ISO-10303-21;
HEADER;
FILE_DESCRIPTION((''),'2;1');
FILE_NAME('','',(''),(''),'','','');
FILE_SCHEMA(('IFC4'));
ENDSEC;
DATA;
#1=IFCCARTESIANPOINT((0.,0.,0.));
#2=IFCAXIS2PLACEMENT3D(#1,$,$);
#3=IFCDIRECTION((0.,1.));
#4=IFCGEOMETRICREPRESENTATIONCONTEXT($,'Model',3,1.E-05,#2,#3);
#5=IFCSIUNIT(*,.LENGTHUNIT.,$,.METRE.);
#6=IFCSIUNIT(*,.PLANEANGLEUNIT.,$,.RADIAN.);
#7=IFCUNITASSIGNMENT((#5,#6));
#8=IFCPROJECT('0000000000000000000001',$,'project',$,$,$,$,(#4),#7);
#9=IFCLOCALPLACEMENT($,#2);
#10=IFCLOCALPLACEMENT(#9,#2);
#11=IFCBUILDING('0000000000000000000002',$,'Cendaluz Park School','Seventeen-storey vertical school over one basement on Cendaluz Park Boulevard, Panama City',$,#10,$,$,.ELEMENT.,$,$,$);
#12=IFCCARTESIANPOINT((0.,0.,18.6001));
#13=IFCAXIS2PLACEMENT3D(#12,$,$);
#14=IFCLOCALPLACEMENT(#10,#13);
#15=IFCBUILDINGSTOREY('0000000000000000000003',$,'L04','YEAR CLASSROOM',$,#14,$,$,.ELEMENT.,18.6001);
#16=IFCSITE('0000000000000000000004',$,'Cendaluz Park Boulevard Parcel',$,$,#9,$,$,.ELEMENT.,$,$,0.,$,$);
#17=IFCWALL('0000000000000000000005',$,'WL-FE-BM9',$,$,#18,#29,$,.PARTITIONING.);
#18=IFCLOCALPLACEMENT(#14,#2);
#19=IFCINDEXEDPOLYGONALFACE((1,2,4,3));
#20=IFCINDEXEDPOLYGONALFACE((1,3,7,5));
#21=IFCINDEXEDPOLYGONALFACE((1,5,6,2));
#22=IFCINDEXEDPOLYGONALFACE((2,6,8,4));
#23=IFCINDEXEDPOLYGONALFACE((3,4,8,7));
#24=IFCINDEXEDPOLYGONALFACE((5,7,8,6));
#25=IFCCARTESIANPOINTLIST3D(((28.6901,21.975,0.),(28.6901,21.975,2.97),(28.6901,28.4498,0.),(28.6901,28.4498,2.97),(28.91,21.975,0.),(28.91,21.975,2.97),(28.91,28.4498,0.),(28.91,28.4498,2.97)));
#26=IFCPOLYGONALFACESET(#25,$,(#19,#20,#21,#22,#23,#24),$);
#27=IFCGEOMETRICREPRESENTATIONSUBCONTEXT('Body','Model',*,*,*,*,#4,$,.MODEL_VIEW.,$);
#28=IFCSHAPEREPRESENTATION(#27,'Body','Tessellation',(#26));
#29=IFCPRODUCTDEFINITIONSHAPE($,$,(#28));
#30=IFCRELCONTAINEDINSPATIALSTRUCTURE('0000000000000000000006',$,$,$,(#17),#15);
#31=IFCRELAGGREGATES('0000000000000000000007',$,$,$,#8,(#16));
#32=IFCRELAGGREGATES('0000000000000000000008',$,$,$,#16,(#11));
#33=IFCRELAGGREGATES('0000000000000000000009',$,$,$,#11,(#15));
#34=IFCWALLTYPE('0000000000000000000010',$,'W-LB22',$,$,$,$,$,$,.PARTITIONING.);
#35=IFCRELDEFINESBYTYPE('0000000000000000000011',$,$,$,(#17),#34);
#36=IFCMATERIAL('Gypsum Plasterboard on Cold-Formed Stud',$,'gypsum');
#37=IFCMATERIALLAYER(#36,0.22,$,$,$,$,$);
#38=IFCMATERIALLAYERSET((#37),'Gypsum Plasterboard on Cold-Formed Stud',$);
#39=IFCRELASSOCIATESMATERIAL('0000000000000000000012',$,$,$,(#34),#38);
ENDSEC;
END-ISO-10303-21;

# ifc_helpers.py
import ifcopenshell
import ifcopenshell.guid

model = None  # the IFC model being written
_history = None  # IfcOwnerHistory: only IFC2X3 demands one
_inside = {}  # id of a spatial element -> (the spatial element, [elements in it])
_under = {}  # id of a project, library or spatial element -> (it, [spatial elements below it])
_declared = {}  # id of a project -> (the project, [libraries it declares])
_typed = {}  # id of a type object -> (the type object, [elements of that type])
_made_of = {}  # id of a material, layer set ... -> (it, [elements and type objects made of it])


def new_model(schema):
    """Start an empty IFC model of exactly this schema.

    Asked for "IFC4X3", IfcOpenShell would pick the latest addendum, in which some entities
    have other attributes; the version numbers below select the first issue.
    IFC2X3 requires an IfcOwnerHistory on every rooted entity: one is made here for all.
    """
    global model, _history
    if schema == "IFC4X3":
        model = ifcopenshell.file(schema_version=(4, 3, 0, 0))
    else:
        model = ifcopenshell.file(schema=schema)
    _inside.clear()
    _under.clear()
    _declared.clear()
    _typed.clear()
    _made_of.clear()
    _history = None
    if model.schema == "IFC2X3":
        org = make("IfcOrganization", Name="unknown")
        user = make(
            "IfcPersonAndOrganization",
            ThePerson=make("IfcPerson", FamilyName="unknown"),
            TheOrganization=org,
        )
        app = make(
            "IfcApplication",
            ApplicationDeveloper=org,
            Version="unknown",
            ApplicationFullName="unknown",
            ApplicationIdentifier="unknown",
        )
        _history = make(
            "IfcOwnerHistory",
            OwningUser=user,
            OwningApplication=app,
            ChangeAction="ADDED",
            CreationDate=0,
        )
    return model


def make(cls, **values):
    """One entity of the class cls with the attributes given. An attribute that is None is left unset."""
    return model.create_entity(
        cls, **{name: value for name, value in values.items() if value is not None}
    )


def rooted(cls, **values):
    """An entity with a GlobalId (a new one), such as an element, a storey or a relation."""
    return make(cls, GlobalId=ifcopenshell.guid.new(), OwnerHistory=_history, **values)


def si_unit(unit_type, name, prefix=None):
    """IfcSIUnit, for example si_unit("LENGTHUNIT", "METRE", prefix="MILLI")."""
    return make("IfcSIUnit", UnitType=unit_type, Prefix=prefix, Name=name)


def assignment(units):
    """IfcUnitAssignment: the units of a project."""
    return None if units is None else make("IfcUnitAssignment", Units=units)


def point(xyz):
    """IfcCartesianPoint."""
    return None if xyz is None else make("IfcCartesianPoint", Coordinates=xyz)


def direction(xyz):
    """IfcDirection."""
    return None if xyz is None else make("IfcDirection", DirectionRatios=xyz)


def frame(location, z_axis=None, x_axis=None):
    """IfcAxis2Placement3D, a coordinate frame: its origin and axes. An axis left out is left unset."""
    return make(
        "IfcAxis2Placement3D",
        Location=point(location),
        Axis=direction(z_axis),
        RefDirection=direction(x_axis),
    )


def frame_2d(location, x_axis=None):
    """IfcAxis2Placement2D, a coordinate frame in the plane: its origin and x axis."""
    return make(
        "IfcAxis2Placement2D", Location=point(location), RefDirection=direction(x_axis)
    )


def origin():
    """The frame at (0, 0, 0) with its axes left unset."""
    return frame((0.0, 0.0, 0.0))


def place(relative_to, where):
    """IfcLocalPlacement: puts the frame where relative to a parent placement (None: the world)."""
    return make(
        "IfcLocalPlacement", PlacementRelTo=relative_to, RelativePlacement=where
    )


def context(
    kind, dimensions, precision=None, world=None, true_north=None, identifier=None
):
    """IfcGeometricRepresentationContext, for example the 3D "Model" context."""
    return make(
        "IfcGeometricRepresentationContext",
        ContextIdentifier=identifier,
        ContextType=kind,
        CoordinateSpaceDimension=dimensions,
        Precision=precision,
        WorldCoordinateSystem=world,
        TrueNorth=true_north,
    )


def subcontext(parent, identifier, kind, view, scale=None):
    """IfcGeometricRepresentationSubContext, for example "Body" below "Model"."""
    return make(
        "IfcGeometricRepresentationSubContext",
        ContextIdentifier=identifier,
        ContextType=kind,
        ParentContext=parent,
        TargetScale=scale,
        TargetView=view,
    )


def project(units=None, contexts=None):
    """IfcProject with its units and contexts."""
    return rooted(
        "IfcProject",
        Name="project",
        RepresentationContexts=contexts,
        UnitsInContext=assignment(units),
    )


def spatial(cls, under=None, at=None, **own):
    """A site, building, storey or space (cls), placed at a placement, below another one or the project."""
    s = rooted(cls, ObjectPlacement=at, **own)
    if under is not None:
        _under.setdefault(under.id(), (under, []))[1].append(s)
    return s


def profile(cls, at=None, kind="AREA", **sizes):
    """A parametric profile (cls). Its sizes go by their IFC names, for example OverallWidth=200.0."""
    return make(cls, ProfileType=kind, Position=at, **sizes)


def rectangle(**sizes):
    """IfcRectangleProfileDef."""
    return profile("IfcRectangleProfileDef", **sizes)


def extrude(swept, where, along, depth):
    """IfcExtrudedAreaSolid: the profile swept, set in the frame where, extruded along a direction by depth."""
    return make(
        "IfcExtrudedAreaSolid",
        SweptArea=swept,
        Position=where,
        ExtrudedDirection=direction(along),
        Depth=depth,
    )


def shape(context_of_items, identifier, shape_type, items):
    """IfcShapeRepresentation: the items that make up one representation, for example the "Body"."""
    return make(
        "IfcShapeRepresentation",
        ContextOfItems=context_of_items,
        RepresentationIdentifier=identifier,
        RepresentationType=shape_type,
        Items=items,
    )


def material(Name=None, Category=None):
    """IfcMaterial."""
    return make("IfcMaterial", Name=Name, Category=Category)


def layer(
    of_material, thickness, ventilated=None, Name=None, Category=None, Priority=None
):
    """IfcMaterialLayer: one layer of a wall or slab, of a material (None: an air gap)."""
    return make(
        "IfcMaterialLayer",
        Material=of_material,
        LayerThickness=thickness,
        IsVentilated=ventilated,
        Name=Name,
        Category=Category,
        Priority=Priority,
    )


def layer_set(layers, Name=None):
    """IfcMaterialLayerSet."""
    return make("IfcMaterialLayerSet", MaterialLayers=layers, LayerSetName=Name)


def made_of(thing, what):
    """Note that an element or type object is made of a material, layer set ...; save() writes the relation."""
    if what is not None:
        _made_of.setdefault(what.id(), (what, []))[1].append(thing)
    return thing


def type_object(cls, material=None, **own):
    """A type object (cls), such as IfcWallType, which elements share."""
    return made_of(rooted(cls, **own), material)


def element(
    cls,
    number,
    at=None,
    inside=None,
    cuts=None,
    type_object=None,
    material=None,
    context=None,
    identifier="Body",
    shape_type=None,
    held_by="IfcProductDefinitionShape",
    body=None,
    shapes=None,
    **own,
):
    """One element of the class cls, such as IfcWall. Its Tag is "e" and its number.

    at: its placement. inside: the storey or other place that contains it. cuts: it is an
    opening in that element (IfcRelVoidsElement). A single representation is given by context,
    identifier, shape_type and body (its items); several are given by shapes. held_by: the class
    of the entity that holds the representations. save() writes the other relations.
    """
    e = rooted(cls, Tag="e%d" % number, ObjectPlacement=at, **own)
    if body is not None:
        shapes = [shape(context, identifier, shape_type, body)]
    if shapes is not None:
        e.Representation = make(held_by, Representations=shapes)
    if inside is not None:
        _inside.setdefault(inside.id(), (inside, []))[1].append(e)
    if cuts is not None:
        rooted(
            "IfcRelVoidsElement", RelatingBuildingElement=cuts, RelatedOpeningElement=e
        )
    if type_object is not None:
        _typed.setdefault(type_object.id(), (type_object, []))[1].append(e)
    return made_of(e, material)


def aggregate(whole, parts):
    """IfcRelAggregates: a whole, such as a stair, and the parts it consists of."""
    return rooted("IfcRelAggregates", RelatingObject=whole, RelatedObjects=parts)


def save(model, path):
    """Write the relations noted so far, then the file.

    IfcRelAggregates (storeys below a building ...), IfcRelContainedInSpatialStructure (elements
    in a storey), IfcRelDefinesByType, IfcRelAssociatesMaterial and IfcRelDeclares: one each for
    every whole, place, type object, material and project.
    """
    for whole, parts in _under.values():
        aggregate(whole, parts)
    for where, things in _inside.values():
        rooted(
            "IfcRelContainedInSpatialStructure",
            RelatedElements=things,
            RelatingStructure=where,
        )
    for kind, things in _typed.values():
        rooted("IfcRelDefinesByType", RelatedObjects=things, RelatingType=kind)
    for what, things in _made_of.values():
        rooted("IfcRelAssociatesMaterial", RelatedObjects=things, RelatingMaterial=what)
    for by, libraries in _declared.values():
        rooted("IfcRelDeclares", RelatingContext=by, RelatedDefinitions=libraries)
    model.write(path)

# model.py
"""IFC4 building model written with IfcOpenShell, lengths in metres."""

from ifc_helpers import new_model, si_unit, direction, frame, frame_2d, origin, place, context, subcontext, project, spatial, rectangle, extrude, material, layer, layer_set, type_object, element, save


model = new_model("IFC4")

# Units and contexts
model_context = context("Model", 3, precision=1e-05, world=origin(), true_north=direction((0.0, 1.0)))
body_context = subcontext(model_context, "Body", "Model", "MODEL_VIEW")
ifc_project = project(units=[si_unit("LENGTHUNIT", "METRE"), si_unit("PLANEANGLEUNIT", "RADIAN")], contexts=[model_context])

# Site, building, storey
site_placement = place(None, origin())
site = spatial("IfcSite", under=ifc_project, at=site_placement, Name="Cendaluz Park Boulevard Parcel", CompositionType="ELEMENT", RefElevation=0.0)
building_placement = place(site_placement, origin())
building = spatial("IfcBuilding", under=site, at=building_placement, Name="Cendaluz Park School", Description="Seventeen-storey vertical school over one basement on Cendaluz Park Boulevard, Panama City", CompositionType="ELEMENT")
storey_placement = place(building_placement, frame((0.0, 0.0, 18.6001)))
storey = spatial("IfcBuildingStorey", under=building, at=storey_placement, Name="L04", Description="YEAR CLASSROOM", CompositionType="ELEMENT", Elevation=18.6001)

# Wall
ifc_material_1 = material(Name="Gypsum Plasterboard on Cold-Formed Stud", Category="gypsum")
ifc_layer_1 = layer(ifc_material_1, 0.22)
ifc_layer_set_1 = layer_set([ifc_layer_1], Name="Gypsum Plasterboard on Cold-Formed Stud")
wall_type_1 = type_object("IfcWallType", Name="W-LB22", PredefinedType="PARTITIONING", material=ifc_layer_set_1)
wall_1_placement = place(storey_placement, frame((28.8, 21.9751, 0.0), z_axis=(0.0, 0.0, 1.0), x_axis=(0.0, 1.0, 0.0)))
element("IfcWall", 1, at=wall_1_placement, inside=storey, type_object=wall_type_1, Name="WL-FE-BM9", PredefinedType="PARTITIONING", context=body_context, shape_type="SweptSolid", body=[
    extrude(rectangle(XDim=6.4749, YDim=0.22, at=frame_2d((3.2373, 0.0))), origin(), (0.0, 0.0, 1.0), 2.97),
])

save(model, "model.ifc")
